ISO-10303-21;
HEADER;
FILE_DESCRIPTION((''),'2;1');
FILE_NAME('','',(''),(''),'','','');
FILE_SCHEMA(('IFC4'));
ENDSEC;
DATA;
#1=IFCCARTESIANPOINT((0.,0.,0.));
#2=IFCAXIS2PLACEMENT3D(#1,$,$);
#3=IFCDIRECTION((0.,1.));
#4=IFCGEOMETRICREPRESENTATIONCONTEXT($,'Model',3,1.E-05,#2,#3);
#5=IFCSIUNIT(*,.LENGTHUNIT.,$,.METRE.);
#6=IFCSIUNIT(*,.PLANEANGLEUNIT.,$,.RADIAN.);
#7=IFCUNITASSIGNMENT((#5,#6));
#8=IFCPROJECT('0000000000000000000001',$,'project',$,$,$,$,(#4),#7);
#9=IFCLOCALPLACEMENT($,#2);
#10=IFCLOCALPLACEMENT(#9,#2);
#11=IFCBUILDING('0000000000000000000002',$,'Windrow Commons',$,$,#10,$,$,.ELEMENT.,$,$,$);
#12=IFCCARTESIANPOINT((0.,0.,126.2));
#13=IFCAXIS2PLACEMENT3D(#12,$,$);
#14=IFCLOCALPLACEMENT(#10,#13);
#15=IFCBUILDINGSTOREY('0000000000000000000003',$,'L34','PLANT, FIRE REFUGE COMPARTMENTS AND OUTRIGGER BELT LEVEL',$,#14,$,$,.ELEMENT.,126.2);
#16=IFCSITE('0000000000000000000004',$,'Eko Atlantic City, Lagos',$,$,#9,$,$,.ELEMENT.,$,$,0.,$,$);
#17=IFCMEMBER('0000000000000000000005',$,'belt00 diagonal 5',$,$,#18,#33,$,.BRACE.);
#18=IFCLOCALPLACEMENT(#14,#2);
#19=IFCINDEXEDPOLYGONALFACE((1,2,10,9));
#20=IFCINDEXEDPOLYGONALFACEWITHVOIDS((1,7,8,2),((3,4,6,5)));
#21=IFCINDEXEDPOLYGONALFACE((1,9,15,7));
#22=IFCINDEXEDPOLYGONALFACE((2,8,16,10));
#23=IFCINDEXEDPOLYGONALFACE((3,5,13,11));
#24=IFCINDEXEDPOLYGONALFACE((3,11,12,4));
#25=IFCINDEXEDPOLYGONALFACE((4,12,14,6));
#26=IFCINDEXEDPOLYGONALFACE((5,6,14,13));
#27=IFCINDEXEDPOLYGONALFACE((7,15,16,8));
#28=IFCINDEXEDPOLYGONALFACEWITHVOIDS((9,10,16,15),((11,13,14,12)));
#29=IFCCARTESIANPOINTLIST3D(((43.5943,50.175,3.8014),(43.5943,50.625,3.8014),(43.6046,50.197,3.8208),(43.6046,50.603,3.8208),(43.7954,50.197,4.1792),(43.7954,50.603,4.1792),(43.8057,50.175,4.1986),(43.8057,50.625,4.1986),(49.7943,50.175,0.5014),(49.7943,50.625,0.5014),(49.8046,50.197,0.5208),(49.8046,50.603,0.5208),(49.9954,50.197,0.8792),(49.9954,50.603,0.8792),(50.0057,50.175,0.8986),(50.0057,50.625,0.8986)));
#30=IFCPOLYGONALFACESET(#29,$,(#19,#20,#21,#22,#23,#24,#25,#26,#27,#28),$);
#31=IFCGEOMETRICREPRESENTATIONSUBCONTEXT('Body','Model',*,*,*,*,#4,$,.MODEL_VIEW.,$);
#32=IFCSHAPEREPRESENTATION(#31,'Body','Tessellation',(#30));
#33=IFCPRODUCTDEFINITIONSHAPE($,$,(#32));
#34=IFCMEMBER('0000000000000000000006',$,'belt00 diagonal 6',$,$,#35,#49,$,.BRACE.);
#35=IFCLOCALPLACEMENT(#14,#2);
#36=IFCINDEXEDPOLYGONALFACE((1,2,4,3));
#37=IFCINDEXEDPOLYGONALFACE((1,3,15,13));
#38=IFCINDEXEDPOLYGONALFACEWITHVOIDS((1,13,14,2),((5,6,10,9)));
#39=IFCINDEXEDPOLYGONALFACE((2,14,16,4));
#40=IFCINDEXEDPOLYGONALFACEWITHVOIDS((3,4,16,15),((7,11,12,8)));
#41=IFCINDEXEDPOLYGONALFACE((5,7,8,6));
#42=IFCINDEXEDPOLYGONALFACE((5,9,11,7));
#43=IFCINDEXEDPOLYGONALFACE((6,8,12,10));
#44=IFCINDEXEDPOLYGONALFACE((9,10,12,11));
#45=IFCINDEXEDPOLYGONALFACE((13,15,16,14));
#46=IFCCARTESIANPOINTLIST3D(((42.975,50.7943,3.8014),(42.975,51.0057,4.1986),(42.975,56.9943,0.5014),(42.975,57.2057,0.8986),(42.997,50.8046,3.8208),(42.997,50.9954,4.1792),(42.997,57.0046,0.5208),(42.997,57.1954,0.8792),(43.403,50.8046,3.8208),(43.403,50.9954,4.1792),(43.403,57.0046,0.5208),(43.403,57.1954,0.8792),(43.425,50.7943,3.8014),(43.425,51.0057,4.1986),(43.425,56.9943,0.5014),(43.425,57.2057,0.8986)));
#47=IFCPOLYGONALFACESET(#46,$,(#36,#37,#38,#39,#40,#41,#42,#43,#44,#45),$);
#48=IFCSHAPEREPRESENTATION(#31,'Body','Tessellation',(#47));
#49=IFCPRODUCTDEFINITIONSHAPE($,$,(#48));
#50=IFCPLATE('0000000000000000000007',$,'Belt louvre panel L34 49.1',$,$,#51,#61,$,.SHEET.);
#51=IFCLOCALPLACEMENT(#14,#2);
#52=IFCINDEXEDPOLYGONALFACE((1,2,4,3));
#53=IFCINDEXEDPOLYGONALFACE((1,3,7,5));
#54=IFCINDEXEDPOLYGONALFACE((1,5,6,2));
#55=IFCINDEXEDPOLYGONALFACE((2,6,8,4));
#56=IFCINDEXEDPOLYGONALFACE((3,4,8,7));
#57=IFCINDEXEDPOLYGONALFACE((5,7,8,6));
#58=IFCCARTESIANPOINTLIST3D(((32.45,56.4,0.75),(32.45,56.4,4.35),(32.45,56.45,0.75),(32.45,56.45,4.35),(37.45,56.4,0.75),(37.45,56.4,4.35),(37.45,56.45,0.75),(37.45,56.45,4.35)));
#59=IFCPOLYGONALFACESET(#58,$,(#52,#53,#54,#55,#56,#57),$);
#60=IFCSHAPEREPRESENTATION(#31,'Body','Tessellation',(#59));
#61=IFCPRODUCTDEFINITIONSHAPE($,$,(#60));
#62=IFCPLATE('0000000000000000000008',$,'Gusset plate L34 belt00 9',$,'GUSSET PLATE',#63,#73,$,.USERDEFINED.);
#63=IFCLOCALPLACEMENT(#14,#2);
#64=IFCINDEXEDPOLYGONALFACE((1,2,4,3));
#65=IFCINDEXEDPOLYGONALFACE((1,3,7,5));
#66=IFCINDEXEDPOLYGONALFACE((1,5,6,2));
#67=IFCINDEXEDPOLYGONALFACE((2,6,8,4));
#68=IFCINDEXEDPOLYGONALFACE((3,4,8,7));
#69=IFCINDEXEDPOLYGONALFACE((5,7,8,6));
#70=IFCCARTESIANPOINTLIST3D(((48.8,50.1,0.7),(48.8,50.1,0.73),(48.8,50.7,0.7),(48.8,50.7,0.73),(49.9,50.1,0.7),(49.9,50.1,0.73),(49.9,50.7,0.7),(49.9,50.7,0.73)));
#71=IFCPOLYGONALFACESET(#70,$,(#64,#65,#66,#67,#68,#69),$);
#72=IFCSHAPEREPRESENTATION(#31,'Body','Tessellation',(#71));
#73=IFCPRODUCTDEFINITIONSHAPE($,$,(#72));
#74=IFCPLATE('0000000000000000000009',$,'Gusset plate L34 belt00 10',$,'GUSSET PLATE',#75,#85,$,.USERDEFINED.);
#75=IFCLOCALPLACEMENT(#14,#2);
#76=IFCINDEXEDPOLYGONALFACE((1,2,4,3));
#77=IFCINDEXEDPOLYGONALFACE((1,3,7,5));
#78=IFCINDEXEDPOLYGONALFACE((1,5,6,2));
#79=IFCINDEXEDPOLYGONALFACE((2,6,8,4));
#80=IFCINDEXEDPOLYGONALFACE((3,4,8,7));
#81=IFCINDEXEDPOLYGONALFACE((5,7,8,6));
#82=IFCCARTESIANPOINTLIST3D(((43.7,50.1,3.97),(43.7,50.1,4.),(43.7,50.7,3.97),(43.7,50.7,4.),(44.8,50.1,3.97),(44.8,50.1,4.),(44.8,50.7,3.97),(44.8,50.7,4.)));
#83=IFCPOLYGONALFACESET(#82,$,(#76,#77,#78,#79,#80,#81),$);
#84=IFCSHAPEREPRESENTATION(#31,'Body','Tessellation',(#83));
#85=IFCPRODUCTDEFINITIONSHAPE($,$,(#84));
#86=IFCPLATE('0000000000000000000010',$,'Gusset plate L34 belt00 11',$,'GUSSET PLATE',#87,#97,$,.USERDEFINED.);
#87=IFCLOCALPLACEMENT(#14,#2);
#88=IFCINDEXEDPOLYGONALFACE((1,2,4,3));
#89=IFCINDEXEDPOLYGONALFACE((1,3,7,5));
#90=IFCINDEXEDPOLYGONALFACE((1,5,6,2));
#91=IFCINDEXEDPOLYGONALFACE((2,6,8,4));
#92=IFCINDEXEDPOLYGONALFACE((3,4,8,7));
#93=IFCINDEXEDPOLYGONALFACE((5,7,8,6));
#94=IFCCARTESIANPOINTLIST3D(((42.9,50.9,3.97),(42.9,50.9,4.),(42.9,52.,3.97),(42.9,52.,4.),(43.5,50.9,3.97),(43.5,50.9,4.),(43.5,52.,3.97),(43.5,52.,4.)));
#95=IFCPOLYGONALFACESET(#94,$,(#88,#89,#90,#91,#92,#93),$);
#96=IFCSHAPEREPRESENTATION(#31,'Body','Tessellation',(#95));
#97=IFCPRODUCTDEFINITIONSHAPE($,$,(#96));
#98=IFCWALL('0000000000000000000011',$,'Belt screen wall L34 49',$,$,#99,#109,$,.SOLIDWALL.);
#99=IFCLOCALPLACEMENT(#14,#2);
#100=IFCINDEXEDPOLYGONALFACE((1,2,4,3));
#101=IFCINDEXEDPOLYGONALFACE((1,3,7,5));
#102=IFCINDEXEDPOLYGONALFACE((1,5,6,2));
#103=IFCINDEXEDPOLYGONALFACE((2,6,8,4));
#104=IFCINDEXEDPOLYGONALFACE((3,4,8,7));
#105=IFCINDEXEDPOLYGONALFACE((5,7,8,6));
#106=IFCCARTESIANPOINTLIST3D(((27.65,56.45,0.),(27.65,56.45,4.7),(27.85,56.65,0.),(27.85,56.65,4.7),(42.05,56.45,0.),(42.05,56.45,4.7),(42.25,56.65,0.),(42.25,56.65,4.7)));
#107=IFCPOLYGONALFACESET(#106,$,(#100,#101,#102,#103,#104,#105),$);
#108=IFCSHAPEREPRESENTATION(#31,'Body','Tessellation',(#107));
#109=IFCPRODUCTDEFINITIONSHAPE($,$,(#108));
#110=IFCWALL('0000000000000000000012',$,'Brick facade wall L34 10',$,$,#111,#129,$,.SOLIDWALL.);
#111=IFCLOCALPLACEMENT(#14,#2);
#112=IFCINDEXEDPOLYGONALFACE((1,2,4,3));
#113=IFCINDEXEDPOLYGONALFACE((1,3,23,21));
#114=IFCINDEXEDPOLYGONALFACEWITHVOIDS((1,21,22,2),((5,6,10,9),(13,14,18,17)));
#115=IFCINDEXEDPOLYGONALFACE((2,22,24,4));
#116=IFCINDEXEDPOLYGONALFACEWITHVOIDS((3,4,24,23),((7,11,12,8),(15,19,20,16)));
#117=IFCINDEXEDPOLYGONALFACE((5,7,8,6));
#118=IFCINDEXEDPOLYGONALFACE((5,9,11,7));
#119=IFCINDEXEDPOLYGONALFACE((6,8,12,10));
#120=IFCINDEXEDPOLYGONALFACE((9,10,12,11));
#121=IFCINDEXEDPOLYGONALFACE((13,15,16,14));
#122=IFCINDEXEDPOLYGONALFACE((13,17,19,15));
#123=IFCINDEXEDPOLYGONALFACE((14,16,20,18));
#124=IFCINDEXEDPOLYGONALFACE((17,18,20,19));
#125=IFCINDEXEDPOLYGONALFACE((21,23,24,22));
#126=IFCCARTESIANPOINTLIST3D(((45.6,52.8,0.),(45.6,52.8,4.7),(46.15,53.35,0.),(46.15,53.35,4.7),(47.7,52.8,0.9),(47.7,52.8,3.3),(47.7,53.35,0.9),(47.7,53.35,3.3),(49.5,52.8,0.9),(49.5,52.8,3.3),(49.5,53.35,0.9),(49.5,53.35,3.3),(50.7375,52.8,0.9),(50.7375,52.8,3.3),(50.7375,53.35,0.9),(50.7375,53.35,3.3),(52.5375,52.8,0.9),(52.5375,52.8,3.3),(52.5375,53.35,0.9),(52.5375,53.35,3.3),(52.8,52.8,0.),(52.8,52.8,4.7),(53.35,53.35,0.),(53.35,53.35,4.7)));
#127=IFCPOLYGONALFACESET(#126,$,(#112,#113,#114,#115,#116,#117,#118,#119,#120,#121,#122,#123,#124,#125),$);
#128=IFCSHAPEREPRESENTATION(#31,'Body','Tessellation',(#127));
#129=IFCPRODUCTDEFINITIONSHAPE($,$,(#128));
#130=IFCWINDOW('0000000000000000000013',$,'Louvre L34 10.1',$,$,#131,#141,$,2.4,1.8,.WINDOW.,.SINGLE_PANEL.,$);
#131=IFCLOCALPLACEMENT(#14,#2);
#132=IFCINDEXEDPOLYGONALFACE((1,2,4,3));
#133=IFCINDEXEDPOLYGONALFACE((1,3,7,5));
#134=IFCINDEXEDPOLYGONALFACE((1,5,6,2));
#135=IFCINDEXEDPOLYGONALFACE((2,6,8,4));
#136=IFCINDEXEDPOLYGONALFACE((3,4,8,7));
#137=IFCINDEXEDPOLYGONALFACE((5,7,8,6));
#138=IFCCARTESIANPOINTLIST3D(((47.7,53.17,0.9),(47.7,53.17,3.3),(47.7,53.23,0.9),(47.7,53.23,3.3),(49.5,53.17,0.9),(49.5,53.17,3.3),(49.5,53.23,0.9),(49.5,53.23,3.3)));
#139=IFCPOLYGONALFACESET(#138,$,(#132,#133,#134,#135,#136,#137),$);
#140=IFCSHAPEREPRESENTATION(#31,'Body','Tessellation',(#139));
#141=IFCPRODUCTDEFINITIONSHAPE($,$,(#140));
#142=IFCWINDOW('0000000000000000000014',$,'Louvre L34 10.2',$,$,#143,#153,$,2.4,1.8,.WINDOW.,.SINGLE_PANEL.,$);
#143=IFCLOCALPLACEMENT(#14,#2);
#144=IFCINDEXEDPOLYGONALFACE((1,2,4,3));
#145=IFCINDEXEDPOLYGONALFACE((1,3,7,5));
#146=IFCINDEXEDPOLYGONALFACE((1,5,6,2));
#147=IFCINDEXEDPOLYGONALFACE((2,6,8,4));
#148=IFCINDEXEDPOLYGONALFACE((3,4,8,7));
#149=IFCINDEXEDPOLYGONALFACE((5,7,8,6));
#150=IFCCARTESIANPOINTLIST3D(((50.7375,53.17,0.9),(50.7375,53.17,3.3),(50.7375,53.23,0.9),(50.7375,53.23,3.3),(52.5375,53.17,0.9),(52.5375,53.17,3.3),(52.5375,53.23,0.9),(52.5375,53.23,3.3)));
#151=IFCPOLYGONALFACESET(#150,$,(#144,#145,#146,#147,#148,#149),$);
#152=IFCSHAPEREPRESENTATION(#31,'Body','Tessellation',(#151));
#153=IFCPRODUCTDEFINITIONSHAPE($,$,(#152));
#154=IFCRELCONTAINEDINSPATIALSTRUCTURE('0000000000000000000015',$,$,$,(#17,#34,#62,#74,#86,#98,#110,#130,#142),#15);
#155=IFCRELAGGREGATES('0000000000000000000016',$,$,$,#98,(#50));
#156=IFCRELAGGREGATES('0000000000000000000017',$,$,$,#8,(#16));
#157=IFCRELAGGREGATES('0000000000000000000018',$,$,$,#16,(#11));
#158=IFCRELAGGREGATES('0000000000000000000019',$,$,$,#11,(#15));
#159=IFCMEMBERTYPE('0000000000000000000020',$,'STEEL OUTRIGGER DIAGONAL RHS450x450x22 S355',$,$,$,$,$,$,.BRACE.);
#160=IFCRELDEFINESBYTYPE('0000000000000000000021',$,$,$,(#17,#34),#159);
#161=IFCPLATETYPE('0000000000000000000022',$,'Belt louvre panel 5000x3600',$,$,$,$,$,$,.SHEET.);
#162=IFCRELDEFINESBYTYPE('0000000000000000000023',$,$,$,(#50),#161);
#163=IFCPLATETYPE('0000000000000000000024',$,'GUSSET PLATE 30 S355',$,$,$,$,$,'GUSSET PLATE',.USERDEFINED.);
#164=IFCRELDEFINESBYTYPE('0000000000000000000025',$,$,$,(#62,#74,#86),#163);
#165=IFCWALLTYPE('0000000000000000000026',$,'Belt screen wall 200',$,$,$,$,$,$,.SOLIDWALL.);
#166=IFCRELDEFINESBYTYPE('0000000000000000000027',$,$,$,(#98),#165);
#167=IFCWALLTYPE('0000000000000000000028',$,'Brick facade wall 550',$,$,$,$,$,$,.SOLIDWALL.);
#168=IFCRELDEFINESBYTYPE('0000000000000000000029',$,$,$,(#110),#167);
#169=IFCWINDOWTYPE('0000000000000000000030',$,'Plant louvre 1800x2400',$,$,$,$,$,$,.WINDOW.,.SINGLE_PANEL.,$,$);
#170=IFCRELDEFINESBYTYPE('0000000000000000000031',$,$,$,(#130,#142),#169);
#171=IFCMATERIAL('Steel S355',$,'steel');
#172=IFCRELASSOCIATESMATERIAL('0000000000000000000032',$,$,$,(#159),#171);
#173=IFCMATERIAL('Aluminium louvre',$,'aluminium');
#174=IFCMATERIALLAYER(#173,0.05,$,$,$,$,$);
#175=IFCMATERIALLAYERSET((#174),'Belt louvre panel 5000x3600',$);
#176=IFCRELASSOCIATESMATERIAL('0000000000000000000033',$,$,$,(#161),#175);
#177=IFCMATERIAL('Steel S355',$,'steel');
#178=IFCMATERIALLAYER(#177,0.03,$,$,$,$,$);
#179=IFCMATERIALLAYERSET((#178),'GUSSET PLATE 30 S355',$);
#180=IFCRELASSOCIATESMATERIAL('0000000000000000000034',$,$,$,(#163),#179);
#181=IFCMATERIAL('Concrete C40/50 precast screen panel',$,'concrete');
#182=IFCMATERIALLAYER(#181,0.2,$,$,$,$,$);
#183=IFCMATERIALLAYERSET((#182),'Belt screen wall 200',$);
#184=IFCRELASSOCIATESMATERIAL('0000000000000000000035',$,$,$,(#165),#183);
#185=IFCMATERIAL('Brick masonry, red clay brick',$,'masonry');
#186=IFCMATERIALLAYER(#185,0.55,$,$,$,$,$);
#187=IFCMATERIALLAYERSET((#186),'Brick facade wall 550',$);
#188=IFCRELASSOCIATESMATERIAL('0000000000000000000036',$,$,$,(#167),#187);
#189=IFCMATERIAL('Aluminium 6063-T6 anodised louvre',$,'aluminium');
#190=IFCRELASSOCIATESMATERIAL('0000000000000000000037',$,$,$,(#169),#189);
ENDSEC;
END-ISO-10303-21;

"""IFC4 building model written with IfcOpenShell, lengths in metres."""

from ifc_helpers import new_model, si_unit, direction, frame, frame_2d, origin, origin_2d, place, context, subcontext, project, spatial, polyline, rectangle, hollow_rectangle, outline, extrude, material, layer, layer_set, material_profile, profile_set, type_object, element, fill, aggregate, save


model = new_model("IFC4")

# Units and contexts
model_context = context("Model", 3, precision=1e-05, world=origin(), true_north=direction((0.0, 1.0)))
body_context = subcontext(model_context, "Body", "Model", "MODEL_VIEW")
ifc_project = project(units=[si_unit("LENGTHUNIT", "METRE"), si_unit("PLANEANGLEUNIT", "RADIAN")], contexts=[model_context])

# Site, building, storey
site_placement = place(None, origin())
site = spatial("IfcSite", under=ifc_project, at=site_placement, Name="Eko Atlantic City, Lagos", CompositionType="ELEMENT", RefElevation=0.0)
building_placement = place(site_placement, origin())
building = spatial("IfcBuilding", under=site, at=building_placement, Name="Windrow Commons", CompositionType="ELEMENT")
storey_placement = place(building_placement, frame((0.0, 0.0, 126.2)))
storey = spatial("IfcBuildingStorey", under=building, at=storey_placement, Name="L34", Description="PLANT, FIRE REFUGE COMPARTMENTS AND OUTRIGGER BELT LEVEL", CompositionType="ELEMENT", Elevation=126.2)

# Members
ifc_material_1 = material(Name="Steel S355", Category="steel")
ifc_material_profile_1 = material_profile(ifc_material_1, hollow_rectangle(XDim=0.45, YDim=0.45, WallThickness=0.022, at=origin_2d()))
ifc_profile_set_1 = profile_set([ifc_material_profile_1], Name="Steel S355")
member_type_1 = type_object("IfcMemberType", Name="STEEL OUTRIGGER DIAGONAL RHS450x450x22 S355", PredefinedType="BRACE", material=ifc_profile_set_1)
for number, where, z_axis, x_axis, name in (
    (1, (49.9, 50.4, 0.7), (-0.882747, 0.0, 0.469849), (0.0, -1.0, 0.0), "belt00 diagonal 5"),
    (2, (43.2, 50.9, 4.0), (0.0, 0.882747, -0.469849), (-1.0, 0.0, 0.0), "belt00 diagonal 6"),
):
    element("IfcMember", number, at=place(storey_placement, frame(where, z_axis=z_axis, x_axis=x_axis)), inside=storey, type_object=member_type_1, Name=name, PredefinedType="BRACE", context=body_context, shape_type="SweptSolid", body=[
        extrude(hollow_rectangle(XDim=0.45, YDim=0.45, WallThickness=0.022, at=origin_2d()), origin(), (0.0, 0.0, 1.0), 7.0235),
    ])

# Plate
ifc_material_2 = material(Name="Aluminium louvre", Category="aluminium")
ifc_layer_1 = layer(ifc_material_2, 0.05)
ifc_layer_set_1 = layer_set([ifc_layer_1], Name="Belt louvre panel 5000x3600")
plate_type_1 = type_object("IfcPlateType", Name="Belt louvre panel 5000x3600", PredefinedType="SHEET", material=ifc_layer_set_1)
plate_placement = place(storey_placement, frame((32.45, 56.4, 0.75), z_axis=(0.0, -1.0, 0.0), x_axis=(1.0, 0.0, 0.0)))
plate = element("IfcPlate", 3, at=plate_placement, type_object=plate_type_1, Name="Belt louvre panel L34 49.1", PredefinedType="SHEET", context=body_context, shape_type="SweptSolid", body=[
    extrude(outline(polyline([(0.0, 0.0), (5.0, 0.0), (5.0, 3.6), (0.0, 3.6), (0.0, 0.0)])), origin(), (0.0, 0.0, -1.0), 0.05),
])

# Plates
ifc_material_3 = material(Name="Steel S355", Category="steel")
ifc_layer_2 = layer(ifc_material_3, 0.03)
ifc_layer_set_2 = layer_set([ifc_layer_2], Name="GUSSET PLATE 30 S355")
plate_type_2 = type_object("IfcPlateType", Name="GUSSET PLATE 30 S355", ElementType="GUSSET PLATE", PredefinedType="USERDEFINED", material=ifc_layer_set_2)
for number, where, z_axis, x_axis, name in (
    (4, (49.35, 50.4, 0.7), (0.0, 0.0, 1.0), (-1.0, 0.0, 0.0), "Gusset plate L34 belt00 9"),
    (5, (44.25, 50.4, 3.97), (0.0, 0.0, 1.0), (-1.0, 0.0, 0.0), "Gusset plate L34 belt00 10"),
    (6, (43.2, 51.45, 3.97), (0.0, 0.0, 1.0), (0.0, 1.0, 0.0), "Gusset plate L34 belt00 11"),
):
    element("IfcPlate", number, at=place(storey_placement, frame(where, z_axis=z_axis, x_axis=x_axis)), inside=storey, type_object=plate_type_2, Name=name, ObjectType="GUSSET PLATE", PredefinedType="USERDEFINED", context=body_context, shape_type="SweptSolid", body=[
        extrude(rectangle(XDim=1.1, YDim=0.6, at=origin_2d()), origin(), (0.0, 0.0, 1.0), 0.03),
    ])

# Wall
ifc_material_4 = material(Name="Concrete C40/50 precast screen panel", Category="concrete")
ifc_layer_3 = layer(ifc_material_4, 0.2)
ifc_layer_set_3 = layer_set([ifc_layer_3], Name="Belt screen wall 200")
wall_type_1 = type_object("IfcWallType", Name="Belt screen wall 200", PredefinedType="SOLIDWALL", material=ifc_layer_set_3)
wall_1_placement = place(storey_placement, frame((27.75, 56.55, 0.0), z_axis=(0.0, 0.0, 1.0), x_axis=(1.0, 0.0, 0.0)))
wall_1 = element("IfcWall", 7, at=wall_1_placement, inside=storey, type_object=wall_type_1, Name="Belt screen wall L34 49", PredefinedType="SOLIDWALL", context=body_context, shape_type="SweptSolid", body=[
    extrude(outline(polyline([(-0.1, -0.1), (14.3, -0.1), (14.5, 0.1), (0.1, 0.1), (-0.1, -0.1)])), origin(), (0.0, 0.0, 1.0), 4.7),
])
aggregate(wall_1, [plate])

# Wall, openings, windows
ifc_material_5 = material(Name="Brick masonry, red clay brick", Category="masonry")
ifc_layer_4 = layer(ifc_material_5, 0.55)
ifc_layer_set_4 = layer_set([ifc_layer_4], Name="Brick facade wall 550")
wall_type_2 = type_object("IfcWallType", Name="Brick facade wall 550", PredefinedType="SOLIDWALL", material=ifc_layer_set_4)
wall_2_placement = place(storey_placement, frame((45.875, 53.075, 0.0), z_axis=(0.0, 0.0, 1.0), x_axis=(1.0, 0.0, 0.0)))
wall_2 = element("IfcWall", 8, at=wall_2_placement, inside=storey, type_object=wall_type_2, Name="Brick facade wall L34 10", PredefinedType="SOLIDWALL", context=body_context, shape_type="SweptSolid", body=[
    extrude(outline(polyline([(-0.275, -0.275), (6.925, -0.275), (7.475, 0.275), (0.275, 0.275), (-0.275, -0.275)])), origin(), (0.0, 0.0, 1.0), 4.7),
])
opening_1_placement = place(wall_2_placement, frame((1.825, 0.0, 0.9)))
opening_1 = element("IfcOpeningElement", 9, at=opening_1_placement, cuts=wall_2, PredefinedType="OPENING", context=body_context, shape_type="SweptSolid", body=[
    extrude(rectangle(XDim=1.8, YDim=2.4, at=frame_2d((0.9, 1.2))), frame((0.0, 0.285, 0.0), z_axis=(0.0, -1.0, 0.0), x_axis=(1.0, 0.0, 0.0)), (0.0, 0.0, 1.0), 0.57),
])
opening_2_placement = place(wall_2_placement, frame((4.8625, 0.0, 0.9)))
opening_2 = element("IfcOpeningElement", 10, at=opening_2_placement, cuts=wall_2, PredefinedType="OPENING", context=body_context, shape_type="SweptSolid", body=[
    extrude(rectangle(XDim=1.8, YDim=2.4, at=frame_2d((0.9, 1.2))), frame((0.0, 0.285, 0.0), z_axis=(0.0, -1.0, 0.0), x_axis=(1.0, 0.0, 0.0)), (0.0, 0.0, 1.0), 0.57),
])
ifc_material_6 = material(Name="Aluminium 6063-T6 anodised louvre", Category="aluminium")
window_type = type_object("IfcWindowType", Name="Plant louvre 1800x2400", PartitioningType="SINGLE_PANEL", PredefinedType="WINDOW", material=ifc_material_6)
window_1_placement = place(opening_1_placement, origin())
window_1 = element("IfcWindow", 11, at=window_1_placement, inside=storey, type_object=window_type, Name="Louvre L34 10.1", OverallHeight=2.4, OverallWidth=1.8, PartitioningType="SINGLE_PANEL", PredefinedType="WINDOW", context=body_context, shape_type="SweptSolid", body=[
    extrude(rectangle(XDim=1.8, YDim=2.4, at=frame_2d((0.9, 1.2))), frame((0.0, 0.155, 0.0), z_axis=(0.0, -1.0, 0.0), x_axis=(1.0, 0.0, 0.0)), (0.0, 0.0, 1.0), 0.06),
])
fill(opening_1, window_1)
window_2_placement = place(opening_2_placement, origin())
window_2 = element("IfcWindow", 12, at=window_2_placement, inside=storey, type_object=window_type, Name="Louvre L34 10.2", OverallHeight=2.4, OverallWidth=1.8, PartitioningType="SINGLE_PANEL", PredefinedType="WINDOW", context=body_context, shape_type="SweptSolid", body=[
    extrude(rectangle(XDim=1.8, YDim=2.4, at=frame_2d((0.9, 1.2))), frame((0.0, 0.155, 0.0), z_axis=(0.0, -1.0, 0.0), x_axis=(1.0, 0.0, 0.0)), (0.0, 0.0, 1.0), 0.06),
])
fill(opening_2, window_2)

save(model, "model.ifc")
